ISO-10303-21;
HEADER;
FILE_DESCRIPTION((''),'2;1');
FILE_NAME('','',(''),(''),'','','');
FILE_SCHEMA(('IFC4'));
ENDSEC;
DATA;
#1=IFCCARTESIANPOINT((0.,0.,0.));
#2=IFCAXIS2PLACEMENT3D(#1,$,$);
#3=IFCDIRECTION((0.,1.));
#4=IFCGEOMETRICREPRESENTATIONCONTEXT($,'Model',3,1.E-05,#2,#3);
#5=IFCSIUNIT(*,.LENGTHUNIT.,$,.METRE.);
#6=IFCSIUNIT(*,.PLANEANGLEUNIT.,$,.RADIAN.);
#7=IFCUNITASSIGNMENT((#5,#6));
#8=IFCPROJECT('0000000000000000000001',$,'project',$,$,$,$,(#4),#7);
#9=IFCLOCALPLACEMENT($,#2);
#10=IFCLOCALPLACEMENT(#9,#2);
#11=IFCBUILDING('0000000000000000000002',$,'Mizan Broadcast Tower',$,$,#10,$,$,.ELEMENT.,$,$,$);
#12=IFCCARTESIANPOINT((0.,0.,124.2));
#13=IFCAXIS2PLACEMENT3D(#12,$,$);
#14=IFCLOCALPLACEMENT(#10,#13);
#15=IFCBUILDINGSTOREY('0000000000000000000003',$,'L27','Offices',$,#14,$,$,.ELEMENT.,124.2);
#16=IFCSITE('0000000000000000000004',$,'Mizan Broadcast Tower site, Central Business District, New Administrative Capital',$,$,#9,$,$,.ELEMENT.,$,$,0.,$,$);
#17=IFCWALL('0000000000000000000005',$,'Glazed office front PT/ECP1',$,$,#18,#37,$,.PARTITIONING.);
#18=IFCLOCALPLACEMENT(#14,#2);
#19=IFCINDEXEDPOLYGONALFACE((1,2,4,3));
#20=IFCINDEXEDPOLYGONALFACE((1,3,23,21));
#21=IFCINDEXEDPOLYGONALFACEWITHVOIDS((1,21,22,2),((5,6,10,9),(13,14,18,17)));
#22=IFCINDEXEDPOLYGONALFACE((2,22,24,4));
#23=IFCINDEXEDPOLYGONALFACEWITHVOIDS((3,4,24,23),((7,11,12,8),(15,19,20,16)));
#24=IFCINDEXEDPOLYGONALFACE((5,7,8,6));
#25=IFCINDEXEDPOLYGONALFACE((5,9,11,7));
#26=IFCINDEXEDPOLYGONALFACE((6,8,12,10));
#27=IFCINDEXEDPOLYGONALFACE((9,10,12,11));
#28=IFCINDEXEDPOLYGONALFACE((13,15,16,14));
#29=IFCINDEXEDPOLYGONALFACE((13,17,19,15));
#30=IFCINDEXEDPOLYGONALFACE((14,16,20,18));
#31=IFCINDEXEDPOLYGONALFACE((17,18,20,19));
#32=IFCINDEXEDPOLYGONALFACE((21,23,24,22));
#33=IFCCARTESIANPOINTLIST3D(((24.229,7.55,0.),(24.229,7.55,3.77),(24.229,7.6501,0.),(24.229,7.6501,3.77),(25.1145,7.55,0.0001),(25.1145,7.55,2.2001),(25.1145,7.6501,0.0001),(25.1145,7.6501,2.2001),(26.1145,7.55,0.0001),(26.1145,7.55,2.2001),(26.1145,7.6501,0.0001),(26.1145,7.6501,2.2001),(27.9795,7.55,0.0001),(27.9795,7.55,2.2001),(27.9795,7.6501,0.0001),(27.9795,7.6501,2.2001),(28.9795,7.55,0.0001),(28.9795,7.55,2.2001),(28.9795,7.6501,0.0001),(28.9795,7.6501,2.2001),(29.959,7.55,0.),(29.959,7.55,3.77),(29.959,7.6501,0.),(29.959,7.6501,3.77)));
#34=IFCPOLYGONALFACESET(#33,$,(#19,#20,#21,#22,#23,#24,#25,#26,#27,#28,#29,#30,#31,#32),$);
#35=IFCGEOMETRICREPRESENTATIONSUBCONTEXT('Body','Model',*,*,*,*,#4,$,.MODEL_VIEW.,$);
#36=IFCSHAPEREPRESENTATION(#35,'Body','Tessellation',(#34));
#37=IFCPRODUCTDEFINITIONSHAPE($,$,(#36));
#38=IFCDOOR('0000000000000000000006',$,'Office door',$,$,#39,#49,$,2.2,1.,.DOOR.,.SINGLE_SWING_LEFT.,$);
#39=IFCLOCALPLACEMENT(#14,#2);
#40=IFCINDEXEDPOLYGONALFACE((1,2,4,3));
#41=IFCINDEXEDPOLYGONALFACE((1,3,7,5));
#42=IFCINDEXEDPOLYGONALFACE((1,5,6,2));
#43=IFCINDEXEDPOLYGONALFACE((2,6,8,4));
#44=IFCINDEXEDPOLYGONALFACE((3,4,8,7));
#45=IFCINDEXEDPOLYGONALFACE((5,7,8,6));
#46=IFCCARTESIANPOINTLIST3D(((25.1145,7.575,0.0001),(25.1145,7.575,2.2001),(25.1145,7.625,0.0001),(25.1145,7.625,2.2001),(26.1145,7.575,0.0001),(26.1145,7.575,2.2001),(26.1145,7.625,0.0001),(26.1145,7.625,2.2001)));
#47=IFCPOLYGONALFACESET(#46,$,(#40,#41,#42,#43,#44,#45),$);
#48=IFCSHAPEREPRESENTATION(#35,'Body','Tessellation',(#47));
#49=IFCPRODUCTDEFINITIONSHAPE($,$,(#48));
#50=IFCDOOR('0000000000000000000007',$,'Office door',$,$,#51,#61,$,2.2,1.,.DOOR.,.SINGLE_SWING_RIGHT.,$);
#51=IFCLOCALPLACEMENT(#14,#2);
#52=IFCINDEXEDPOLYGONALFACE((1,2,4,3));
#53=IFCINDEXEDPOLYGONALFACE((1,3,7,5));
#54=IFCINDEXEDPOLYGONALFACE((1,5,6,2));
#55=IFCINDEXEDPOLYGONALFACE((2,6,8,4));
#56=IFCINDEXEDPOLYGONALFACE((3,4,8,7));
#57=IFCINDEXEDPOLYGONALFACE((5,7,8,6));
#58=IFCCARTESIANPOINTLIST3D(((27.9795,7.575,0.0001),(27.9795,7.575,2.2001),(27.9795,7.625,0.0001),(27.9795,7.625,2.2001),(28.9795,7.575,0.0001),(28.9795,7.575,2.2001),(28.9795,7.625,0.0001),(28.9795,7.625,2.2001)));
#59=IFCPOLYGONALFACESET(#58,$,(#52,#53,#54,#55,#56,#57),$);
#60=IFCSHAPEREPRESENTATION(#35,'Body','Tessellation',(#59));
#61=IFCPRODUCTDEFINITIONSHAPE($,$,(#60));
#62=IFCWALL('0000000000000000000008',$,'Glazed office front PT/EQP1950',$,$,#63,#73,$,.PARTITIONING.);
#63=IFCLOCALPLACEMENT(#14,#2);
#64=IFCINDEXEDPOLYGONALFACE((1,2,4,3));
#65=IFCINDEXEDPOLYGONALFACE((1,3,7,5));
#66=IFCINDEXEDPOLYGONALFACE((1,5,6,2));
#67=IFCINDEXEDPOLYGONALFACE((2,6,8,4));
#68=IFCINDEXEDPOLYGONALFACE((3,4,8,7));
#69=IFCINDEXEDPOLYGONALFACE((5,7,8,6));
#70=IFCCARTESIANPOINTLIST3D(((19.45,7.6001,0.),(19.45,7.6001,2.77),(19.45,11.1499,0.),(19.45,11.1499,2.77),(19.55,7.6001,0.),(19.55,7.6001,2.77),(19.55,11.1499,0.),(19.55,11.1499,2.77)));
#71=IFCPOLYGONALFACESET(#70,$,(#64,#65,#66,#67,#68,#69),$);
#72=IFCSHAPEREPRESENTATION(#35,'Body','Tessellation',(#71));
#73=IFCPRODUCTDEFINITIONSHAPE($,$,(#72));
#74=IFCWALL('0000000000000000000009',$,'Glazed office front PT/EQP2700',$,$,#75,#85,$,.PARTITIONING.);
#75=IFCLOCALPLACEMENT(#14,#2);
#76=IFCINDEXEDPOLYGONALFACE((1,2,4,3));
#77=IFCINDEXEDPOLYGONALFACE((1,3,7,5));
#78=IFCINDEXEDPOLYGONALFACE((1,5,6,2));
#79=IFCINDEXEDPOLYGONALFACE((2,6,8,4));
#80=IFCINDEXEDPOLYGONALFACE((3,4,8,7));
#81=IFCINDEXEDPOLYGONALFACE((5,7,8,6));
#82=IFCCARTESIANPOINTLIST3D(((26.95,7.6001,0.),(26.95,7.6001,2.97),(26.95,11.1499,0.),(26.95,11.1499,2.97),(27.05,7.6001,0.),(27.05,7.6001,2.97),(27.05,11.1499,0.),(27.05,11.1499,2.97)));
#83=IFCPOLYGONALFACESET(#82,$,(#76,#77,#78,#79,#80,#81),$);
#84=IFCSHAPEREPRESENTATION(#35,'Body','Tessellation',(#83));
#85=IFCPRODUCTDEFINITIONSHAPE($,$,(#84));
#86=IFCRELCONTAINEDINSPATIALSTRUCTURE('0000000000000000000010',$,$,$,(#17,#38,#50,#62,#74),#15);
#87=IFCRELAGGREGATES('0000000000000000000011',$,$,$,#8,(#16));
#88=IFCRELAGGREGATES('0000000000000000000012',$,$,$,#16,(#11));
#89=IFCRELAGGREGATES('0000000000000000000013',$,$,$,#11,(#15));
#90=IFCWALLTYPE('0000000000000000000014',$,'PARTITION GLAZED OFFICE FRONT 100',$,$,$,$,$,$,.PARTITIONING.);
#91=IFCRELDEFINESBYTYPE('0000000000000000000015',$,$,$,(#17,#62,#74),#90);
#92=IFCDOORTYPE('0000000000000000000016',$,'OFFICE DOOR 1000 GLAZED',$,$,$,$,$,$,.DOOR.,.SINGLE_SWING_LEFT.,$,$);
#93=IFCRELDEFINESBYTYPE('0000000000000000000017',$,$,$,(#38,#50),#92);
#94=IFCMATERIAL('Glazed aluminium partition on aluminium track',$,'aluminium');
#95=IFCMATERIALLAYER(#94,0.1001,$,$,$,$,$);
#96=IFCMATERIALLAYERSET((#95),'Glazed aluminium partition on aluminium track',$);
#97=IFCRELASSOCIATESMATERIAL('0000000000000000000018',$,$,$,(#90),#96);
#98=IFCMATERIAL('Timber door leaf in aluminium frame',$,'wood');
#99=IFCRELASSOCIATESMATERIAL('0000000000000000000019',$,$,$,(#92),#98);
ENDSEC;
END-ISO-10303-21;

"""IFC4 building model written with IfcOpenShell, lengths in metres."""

from ifc_helpers import new_model, si_unit, direction, frame, frame_2d, origin, place, context, subcontext, project, spatial, rectangle, extrude, material, layer, layer_set, type_object, element, fill, save


model = new_model("IFC4")

# Units and contexts
model_context = context("Model", 3, precision=1e-05, world=origin(), true_north=direction((0.0, 1.0)))
body_context = subcontext(model_context, "Body", "Model", "MODEL_VIEW")
ifc_project = project(units=[si_unit("LENGTHUNIT", "METRE"), si_unit("PLANEANGLEUNIT", "RADIAN")], contexts=[model_context])

# Site, building, storey
site_placement = place(None, origin())
site = spatial("IfcSite", under=ifc_project, at=site_placement, Name="Mizan Broadcast Tower site, Central Business District, New Administrative Capital", CompositionType="ELEMENT", RefElevation=0.0)
building_placement = place(site_placement, origin())
building = spatial("IfcBuilding", under=site, at=building_placement, Name="Mizan Broadcast Tower", CompositionType="ELEMENT")
storey_placement = place(building_placement, frame((0.0, 0.0, 124.2)))
storey = spatial("IfcBuildingStorey", under=building, at=storey_placement, Name="L27", Description="Offices", CompositionType="ELEMENT", Elevation=124.2)

# Shared definitions
ifc_material_1 = material(Name="Glazed aluminium partition on aluminium track", Category="aluminium")
ifc_layer_1 = layer(ifc_material_1, 0.1001)
ifc_layer_set_1 = layer_set([ifc_layer_1], Name="Glazed aluminium partition on aluminium track")
wall_type_1 = type_object("IfcWallType", Name="PARTITION GLAZED OFFICE FRONT 100", PredefinedType="PARTITIONING", material=ifc_layer_set_1)
ifc_material_2 = material(Name="Timber door leaf in aluminium frame", Category="wood")
door_type_1 = type_object("IfcDoorType", Name="OFFICE DOOR 1000 GLAZED", OperationType="SINGLE_SWING_LEFT", PredefinedType="DOOR", material=ifc_material_2)

# Wall, openings, doors
wall_1_placement = place(storey_placement, frame((24.229, 7.6001, 0.0), z_axis=(0.0, 0.0, 1.0), x_axis=(1.0, 0.0, 0.0)))
wall_1 = element("IfcWall", 1, at=wall_1_placement, inside=storey, type_object=wall_type_1, Name="Glazed office front PT/ECP1", PredefinedType="PARTITIONING", context=body_context, shape_type="SweptSolid", body=[
    extrude(rectangle(XDim=5.73, YDim=0.1001, at=frame_2d((2.865, 0.0))), origin(), (0.0, 0.0, 1.0), 3.77),
])
opening_1_placement = place(wall_1_placement, frame((0.8855, 0.0, 0.0)))
opening_1 = element("IfcOpeningElement", 2, at=opening_1_placement, cuts=wall_1, PredefinedType="OPENING", context=body_context, shape_type="SweptSolid", body=[
    extrude(rectangle(XDim=1.0, YDim=2.2, at=frame_2d((0.5, 1.1001))), frame((0.0, 0.0601, 0.0), z_axis=(0.0, -1.0, 0.0), x_axis=(1.0, 0.0, 0.0)), (0.0, 0.0, 1.0), 0.1201),
])
opening_2_placement = place(wall_1_placement, frame((3.7505, 0.0, 0.0)))
opening_2 = element("IfcOpeningElement", 3, at=opening_2_placement, cuts=wall_1, PredefinedType="OPENING", context=body_context, shape_type="SweptSolid", body=[
    extrude(rectangle(XDim=1.0, YDim=2.2, at=frame_2d((0.5, 1.1001))), frame((0.0, 0.0601, 0.0), z_axis=(0.0, -1.0, 0.0), x_axis=(1.0, 0.0, 0.0)), (0.0, 0.0, 1.0), 0.1201),
])
door_1_placement = place(opening_1_placement, origin())
door_1 = element("IfcDoor", 4, at=door_1_placement, inside=storey, type_object=door_type_1, Name="Office door", OperationType="SINGLE_SWING_LEFT", OverallHeight=2.2, OverallWidth=1.0, PredefinedType="DOOR", context=body_context, shape_type="SweptSolid", body=[
    extrude(rectangle(XDim=1.0, YDim=2.2, at=frame_2d((0.5, 1.1001))), frame((0.0, 0.0249, 0.0), z_axis=(0.0, -1.0, 0.0), x_axis=(1.0, 0.0, 0.0)), (0.0, 0.0, 1.0), 0.05),
])
fill(opening_1, door_1)
door_2_placement = place(opening_2_placement, origin())
door_2 = element("IfcDoor", 5, at=door_2_placement, inside=storey, type_object=door_type_1, Name="Office door", OperationType="SINGLE_SWING_RIGHT", OverallHeight=2.2, OverallWidth=1.0, PredefinedType="DOOR", context=body_context, shape_type="SweptSolid", body=[
    extrude(rectangle(XDim=1.0, YDim=2.2, at=frame_2d((0.5, 1.1001))), frame((0.0, 0.0249, 0.0), z_axis=(0.0, -1.0, 0.0), x_axis=(1.0, 0.0, 0.0)), (0.0, 0.0, 1.0), 0.05),
])
fill(opening_2, door_2)

# Walls
wall_2_placement = place(storey_placement, frame((19.5, 7.6001, 0.0), z_axis=(0.0, 0.0, 1.0), x_axis=(0.0, 1.0, 0.0)))
element("IfcWall", 6, at=wall_2_placement, inside=storey, type_object=wall_type_1, Name="Glazed office front PT/EQP1950", PredefinedType="PARTITIONING", context=body_context, shape_type="SweptSolid", body=[
    extrude(rectangle(XDim=3.5498, YDim=0.1001, at=frame_2d((1.7749, 0.0))), origin(), (0.0, 0.0, 1.0), 2.77),
])
wall_3_placement = place(storey_placement, frame((27.0, 7.6001, 0.0), z_axis=(0.0, 0.0, 1.0), x_axis=(0.0, 1.0, 0.0)))
element("IfcWall", 7, at=wall_3_placement, inside=storey, type_object=wall_type_1, Name="Glazed office front PT/EQP2700", PredefinedType="PARTITIONING", context=body_context, shape_type="SweptSolid", body=[
    extrude(rectangle(XDim=3.5498, YDim=0.1001, at=frame_2d((1.7749, 0.0))), origin(), (0.0, 0.0, 1.0), 2.97),
])

save(model, "model.ifc")
